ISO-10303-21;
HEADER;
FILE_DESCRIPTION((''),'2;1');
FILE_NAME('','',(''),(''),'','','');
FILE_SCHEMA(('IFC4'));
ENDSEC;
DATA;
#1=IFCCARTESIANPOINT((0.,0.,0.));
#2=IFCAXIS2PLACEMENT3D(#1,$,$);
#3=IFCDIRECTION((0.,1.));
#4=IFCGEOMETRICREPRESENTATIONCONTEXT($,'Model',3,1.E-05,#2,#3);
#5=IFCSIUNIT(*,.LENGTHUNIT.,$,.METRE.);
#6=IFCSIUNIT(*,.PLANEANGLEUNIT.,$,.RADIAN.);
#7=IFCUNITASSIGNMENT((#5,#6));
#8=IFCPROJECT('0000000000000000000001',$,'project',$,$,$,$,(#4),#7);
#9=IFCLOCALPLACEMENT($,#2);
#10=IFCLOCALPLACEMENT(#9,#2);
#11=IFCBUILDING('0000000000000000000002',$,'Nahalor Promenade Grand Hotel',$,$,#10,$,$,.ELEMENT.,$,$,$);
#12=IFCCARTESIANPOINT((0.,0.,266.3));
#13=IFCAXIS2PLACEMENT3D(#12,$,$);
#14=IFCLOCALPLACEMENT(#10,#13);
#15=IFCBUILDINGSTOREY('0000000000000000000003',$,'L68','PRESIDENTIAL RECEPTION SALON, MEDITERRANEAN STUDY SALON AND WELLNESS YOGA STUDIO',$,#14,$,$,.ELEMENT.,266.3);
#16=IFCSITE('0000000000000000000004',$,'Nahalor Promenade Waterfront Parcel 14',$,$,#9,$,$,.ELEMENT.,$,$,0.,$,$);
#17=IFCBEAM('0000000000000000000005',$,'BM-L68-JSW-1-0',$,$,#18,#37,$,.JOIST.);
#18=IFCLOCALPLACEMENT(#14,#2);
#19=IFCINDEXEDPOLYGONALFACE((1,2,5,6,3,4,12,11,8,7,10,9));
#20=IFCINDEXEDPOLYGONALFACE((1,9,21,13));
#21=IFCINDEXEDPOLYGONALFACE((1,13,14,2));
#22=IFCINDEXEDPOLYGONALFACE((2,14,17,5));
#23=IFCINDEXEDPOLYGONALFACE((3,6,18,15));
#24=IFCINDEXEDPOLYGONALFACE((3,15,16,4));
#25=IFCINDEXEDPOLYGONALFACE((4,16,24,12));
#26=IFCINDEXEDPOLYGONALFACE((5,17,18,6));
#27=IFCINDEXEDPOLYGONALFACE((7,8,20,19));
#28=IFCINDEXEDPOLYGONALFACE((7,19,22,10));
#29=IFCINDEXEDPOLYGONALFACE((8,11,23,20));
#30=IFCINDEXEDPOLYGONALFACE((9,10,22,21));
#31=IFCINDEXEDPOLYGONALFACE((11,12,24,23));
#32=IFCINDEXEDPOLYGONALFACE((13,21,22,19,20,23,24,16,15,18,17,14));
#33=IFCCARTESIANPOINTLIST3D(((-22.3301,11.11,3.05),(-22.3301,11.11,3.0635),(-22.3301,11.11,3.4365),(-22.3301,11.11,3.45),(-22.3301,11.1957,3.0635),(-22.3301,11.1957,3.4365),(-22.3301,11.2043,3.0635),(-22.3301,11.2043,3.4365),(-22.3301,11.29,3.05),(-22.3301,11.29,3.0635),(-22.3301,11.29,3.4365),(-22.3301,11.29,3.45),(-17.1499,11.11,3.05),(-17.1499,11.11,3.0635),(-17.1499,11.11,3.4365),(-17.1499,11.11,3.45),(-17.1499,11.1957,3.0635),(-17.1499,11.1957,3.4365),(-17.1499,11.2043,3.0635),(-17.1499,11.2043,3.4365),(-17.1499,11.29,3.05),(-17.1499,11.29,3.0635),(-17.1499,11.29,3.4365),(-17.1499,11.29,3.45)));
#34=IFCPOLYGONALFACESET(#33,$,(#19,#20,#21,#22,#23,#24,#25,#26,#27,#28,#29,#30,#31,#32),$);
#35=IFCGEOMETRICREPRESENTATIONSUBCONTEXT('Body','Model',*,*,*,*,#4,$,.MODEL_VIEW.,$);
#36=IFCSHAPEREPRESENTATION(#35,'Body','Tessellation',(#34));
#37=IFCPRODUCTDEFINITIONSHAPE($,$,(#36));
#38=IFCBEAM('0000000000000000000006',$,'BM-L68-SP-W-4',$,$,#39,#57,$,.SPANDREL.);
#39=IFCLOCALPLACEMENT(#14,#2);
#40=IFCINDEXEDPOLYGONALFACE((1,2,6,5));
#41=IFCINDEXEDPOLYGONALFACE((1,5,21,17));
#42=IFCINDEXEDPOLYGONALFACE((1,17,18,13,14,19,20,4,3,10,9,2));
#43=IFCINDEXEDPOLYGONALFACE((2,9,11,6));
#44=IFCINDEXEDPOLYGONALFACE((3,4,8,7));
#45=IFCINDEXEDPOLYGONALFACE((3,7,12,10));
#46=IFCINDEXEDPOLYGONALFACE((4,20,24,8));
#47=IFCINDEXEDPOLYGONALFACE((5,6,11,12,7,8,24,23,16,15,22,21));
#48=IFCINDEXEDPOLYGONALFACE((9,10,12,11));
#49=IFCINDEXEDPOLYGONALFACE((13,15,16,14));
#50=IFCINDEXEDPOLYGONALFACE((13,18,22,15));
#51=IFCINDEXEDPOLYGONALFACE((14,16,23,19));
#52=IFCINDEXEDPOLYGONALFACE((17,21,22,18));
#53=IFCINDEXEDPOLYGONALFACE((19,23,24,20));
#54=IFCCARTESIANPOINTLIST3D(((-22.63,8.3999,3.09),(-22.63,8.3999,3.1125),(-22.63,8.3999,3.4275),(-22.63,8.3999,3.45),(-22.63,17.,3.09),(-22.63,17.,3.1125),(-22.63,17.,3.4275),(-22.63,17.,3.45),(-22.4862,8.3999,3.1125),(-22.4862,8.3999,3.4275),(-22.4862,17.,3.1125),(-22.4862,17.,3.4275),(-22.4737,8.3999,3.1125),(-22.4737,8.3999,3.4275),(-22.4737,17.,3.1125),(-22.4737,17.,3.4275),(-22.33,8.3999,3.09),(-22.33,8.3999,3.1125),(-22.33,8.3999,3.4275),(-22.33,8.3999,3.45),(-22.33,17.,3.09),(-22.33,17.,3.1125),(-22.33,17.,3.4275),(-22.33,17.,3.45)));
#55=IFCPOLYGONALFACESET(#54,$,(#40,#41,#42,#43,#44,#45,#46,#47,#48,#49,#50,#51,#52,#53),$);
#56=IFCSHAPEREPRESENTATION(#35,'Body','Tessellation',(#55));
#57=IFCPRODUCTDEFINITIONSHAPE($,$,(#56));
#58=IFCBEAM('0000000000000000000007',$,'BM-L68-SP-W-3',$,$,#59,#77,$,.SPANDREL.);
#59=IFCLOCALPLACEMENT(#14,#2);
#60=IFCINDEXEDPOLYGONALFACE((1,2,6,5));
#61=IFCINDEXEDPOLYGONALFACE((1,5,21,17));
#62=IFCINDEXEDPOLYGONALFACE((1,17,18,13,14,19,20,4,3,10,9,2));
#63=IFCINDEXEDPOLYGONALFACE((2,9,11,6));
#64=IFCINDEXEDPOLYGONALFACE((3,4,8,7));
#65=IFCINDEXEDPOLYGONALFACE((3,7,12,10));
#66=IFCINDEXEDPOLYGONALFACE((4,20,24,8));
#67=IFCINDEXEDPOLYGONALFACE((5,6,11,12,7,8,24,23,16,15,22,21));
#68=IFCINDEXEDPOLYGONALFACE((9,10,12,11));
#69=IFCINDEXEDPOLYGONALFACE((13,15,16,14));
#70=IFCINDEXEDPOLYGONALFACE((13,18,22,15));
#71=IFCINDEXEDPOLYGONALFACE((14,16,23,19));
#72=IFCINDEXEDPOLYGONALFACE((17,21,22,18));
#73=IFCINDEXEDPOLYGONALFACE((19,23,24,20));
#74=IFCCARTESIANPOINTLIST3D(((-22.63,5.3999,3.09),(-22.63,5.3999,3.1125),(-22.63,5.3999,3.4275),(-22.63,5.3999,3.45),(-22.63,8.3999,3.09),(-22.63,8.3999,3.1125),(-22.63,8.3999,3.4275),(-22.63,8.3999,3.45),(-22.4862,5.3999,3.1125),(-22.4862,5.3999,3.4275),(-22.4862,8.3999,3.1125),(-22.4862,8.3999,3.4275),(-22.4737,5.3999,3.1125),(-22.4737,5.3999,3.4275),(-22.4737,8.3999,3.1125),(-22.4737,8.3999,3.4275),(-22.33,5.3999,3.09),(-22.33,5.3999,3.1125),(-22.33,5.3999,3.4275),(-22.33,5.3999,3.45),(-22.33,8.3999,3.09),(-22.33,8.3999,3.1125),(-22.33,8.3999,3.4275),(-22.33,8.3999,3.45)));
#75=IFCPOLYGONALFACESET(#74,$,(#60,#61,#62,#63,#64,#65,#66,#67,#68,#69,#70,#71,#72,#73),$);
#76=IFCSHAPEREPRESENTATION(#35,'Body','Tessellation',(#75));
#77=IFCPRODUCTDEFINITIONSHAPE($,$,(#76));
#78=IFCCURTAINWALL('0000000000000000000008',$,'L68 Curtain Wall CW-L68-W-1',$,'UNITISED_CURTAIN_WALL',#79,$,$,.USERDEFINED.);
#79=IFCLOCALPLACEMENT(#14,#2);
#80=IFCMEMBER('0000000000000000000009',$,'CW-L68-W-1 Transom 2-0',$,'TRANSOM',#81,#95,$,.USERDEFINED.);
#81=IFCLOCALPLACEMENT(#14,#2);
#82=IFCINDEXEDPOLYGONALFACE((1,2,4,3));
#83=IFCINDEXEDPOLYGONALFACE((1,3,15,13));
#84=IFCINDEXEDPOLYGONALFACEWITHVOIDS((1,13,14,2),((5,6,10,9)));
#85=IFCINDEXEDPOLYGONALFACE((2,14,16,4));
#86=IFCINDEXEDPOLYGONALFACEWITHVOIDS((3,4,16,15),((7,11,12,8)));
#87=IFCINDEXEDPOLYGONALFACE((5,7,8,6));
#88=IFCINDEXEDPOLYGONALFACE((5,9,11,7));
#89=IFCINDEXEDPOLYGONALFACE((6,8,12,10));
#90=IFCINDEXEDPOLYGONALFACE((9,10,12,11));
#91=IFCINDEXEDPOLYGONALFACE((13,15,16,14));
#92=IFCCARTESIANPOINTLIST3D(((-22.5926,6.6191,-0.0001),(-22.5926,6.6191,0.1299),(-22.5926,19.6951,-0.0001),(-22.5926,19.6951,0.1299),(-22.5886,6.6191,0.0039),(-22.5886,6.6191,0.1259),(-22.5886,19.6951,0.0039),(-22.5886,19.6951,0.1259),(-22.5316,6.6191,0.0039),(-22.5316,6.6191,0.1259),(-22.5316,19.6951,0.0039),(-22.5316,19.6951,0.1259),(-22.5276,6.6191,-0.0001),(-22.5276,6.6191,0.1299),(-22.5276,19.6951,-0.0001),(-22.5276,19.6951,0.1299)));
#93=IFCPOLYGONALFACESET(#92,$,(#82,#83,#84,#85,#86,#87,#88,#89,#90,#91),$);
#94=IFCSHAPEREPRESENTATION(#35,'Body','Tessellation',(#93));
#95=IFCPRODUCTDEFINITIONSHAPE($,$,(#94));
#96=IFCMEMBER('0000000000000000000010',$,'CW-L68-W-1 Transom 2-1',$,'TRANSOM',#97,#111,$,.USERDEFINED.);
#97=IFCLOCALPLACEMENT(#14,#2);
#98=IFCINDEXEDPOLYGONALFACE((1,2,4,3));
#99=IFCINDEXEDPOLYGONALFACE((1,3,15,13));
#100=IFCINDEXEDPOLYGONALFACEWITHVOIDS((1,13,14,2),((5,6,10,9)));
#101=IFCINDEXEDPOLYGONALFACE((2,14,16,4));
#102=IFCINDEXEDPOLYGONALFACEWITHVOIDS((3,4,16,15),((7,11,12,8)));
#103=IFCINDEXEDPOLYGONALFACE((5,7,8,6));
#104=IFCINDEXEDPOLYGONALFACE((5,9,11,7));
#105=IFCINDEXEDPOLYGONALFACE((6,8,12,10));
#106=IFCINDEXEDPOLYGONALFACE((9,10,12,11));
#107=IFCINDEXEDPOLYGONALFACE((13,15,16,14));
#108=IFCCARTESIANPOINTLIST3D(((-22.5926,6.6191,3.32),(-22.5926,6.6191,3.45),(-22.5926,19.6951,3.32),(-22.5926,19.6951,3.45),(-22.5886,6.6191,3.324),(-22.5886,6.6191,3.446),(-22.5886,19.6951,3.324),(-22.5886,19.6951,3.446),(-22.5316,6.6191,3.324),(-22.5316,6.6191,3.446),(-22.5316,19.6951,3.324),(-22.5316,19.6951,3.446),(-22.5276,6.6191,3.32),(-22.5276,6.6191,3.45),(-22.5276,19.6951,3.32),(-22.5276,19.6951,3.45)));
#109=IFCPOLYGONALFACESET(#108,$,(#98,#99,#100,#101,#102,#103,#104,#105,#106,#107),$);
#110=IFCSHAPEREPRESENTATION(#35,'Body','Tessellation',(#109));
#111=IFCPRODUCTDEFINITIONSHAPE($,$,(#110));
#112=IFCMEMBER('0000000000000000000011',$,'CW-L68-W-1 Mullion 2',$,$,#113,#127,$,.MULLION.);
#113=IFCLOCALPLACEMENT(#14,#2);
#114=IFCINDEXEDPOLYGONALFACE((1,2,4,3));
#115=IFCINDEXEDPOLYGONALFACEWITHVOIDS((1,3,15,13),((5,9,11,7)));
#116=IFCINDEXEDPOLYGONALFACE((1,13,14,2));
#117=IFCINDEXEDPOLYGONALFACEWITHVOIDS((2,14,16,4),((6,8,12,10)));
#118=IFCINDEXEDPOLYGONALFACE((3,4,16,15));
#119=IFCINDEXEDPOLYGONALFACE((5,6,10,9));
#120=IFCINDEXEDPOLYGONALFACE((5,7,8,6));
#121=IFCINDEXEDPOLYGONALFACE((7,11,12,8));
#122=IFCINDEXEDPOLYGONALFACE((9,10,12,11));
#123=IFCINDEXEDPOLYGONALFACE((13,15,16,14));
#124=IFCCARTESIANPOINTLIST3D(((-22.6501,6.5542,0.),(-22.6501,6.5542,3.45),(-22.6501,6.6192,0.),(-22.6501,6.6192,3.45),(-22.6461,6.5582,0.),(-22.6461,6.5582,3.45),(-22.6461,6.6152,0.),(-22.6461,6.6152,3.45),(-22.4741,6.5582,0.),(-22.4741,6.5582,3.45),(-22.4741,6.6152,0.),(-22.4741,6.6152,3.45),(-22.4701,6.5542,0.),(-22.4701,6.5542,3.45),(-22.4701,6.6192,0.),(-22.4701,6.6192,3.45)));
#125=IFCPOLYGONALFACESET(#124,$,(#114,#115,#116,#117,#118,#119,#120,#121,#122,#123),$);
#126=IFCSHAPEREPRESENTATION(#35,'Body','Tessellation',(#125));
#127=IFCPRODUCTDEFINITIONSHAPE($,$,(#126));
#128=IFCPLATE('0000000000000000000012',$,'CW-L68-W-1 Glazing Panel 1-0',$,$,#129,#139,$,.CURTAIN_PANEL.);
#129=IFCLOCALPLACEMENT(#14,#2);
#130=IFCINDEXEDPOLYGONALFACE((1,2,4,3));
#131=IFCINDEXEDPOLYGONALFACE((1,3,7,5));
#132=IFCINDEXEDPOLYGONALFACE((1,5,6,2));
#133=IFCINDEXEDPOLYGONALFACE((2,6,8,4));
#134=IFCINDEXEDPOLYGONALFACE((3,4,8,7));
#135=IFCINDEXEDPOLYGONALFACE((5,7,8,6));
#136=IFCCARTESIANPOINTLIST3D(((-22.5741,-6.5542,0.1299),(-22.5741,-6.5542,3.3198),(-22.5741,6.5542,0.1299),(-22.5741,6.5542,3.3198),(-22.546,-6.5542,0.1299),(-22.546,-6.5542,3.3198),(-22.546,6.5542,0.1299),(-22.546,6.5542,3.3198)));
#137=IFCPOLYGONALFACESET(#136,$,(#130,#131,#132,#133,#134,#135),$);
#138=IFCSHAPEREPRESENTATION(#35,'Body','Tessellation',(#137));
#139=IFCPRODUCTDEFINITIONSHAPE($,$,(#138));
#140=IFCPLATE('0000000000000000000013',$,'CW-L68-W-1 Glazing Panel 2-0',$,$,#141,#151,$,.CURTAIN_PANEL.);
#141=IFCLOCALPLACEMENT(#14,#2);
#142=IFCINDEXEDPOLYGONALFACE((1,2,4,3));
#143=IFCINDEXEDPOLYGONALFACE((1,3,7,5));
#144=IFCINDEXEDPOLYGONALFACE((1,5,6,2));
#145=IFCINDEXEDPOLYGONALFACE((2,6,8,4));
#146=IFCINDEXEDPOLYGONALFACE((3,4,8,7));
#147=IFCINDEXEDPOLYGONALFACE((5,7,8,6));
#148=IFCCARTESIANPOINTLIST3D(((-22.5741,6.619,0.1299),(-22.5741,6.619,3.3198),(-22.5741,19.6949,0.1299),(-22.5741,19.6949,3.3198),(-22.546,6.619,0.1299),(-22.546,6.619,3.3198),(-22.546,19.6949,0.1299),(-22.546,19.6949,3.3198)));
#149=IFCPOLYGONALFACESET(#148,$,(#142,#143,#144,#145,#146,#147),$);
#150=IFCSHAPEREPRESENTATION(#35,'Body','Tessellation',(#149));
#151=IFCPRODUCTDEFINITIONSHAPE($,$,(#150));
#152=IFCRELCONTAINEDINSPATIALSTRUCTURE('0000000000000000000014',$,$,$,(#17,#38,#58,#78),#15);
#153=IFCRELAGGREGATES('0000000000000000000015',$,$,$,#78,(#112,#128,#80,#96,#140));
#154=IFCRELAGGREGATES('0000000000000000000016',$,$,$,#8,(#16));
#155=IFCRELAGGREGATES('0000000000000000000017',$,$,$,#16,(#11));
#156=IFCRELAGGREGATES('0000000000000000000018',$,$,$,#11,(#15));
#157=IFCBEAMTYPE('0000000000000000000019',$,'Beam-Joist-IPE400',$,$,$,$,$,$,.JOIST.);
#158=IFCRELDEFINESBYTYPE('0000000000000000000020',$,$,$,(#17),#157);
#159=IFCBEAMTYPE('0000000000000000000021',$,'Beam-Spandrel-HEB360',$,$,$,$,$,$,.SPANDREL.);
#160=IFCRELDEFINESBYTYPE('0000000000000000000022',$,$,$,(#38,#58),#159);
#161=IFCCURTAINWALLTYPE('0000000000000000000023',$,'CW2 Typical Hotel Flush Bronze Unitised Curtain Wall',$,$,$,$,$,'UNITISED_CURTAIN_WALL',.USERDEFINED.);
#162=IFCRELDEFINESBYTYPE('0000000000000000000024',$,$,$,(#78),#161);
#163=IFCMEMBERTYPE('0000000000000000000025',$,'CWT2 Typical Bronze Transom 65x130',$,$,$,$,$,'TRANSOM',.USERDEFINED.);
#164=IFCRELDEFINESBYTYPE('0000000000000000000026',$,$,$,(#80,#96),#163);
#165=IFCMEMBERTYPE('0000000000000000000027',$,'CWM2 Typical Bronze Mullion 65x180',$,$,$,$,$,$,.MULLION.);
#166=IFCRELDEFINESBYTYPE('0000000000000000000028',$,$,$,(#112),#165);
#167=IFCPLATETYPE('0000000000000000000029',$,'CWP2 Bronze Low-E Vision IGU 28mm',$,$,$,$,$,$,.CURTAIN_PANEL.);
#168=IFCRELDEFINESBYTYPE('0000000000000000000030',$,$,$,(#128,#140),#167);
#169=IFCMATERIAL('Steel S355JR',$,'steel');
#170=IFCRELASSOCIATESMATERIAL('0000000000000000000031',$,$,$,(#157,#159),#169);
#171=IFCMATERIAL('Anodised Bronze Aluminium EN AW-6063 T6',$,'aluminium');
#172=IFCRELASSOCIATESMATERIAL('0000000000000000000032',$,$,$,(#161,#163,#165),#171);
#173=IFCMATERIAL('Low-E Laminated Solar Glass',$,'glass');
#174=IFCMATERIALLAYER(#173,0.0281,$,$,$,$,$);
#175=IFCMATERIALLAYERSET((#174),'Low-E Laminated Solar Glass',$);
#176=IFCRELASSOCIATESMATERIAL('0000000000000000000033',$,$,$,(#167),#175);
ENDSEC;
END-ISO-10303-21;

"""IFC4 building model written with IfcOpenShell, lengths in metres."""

from ifc_helpers import new_model, si_unit, direction, frame, origin, origin_2d, place, context, subcontext, project, spatial, rectangle, hollow_rectangle, i_section, extrude, source, transform, mapped, material, layer, layer_set, material_profile, profile_set, type_object, element, aggregate, save


model = new_model("IFC4")

# Units and contexts
model_context = context("Model", 3, precision=1e-05, world=origin(), true_north=direction((0.0, 1.0)))
body_context = subcontext(model_context, "Body", "Model", "MODEL_VIEW")
ifc_project = project(units=[si_unit("LENGTHUNIT", "METRE"), si_unit("PLANEANGLEUNIT", "RADIAN")], contexts=[model_context])

# Site, building, storey
site_placement = place(None, origin())
site = spatial("IfcSite", under=ifc_project, at=site_placement, Name="Nahalor Promenade Waterfront Parcel 14", CompositionType="ELEMENT", RefElevation=0.0)
building_placement = place(site_placement, origin())
building = spatial("IfcBuilding", under=site, at=building_placement, Name="Nahalor Promenade Grand Hotel", CompositionType="ELEMENT")
storey_placement = place(building_placement, frame((0.0, 0.0, 266.3)))
storey = spatial("IfcBuildingStorey", under=building, at=storey_placement, Name="L68", Description="PRESIDENTIAL RECEPTION SALON, MEDITERRANEAN STUDY SALON AND WELLNESS YOGA STUDIO", CompositionType="ELEMENT", Elevation=266.3)

# Shared definitions
ifc_material_1 = material(Name="Steel S355JR", Category="steel")

# Beams
ifc_material_profile_1 = material_profile(ifc_material_1, i_section(OverallWidth=0.18, OverallDepth=0.4, WebThickness=0.0086, FlangeThickness=0.0135, at=origin_2d()), Name="IPE 400")
ifc_profile_set_1 = profile_set([ifc_material_profile_1], Name="Steel S355JR")
beam_type_1 = type_object("IfcBeamType", Name="Beam-Joist-IPE400", PredefinedType="JOIST", material=ifc_profile_set_1)
shared_shape_1 = source(origin(), body_context, "Body", "SweptSolid", [
    extrude(i_section(OverallWidth=0.18, OverallDepth=0.4, WebThickness=0.0086, FlangeThickness=0.0135, at=origin_2d()), origin(), (0.0, 0.0, 1.0), 5.1802),
])
beam_1_placement = place(storey_placement, frame((-22.3301, 11.2, 3.25), z_axis=(1.0, 0.0, 0.0), x_axis=(0.0, 1.0, 0.0)))
element("IfcBeam", 1, at=beam_1_placement, inside=storey, type_object=beam_type_1, Name="BM-L68-JSW-1-0", PredefinedType="JOIST", context=body_context, shape_type="MappedRepresentation", body=[
    mapped(shared_shape_1, transform((0.0, 0.0, 0.0), scale=1.0)),
])
ifc_material_profile_2 = material_profile(ifc_material_1, i_section(OverallWidth=0.3, OverallDepth=0.36, WebThickness=0.0125, FlangeThickness=0.0225, at=origin_2d()), Name="HEB 360")
ifc_profile_set_2 = profile_set([ifc_material_profile_2], Name="Steel S355JR")
beam_type_2 = type_object("IfcBeamType", Name="Beam-Spandrel-HEB360", PredefinedType="SPANDREL", material=ifc_profile_set_2)
shared_shape_2 = source(origin(), body_context, "Body", "SweptSolid", [
    extrude(i_section(OverallWidth=0.3, OverallDepth=0.36, WebThickness=0.0125, FlangeThickness=0.0225, at=origin_2d()), origin(), (0.0, 0.0, 1.0), 8.6001),
])
beam_2_placement = place(storey_placement, frame((-22.48, 8.3999, 3.27), z_axis=(0.0, 1.0, 0.0), x_axis=(-1.0, 0.0, 0.0)))
element("IfcBeam", 2, at=beam_2_placement, inside=storey, type_object=beam_type_2, Name="BM-L68-SP-W-4", PredefinedType="SPANDREL", context=body_context, shape_type="MappedRepresentation", body=[
    mapped(shared_shape_2, transform((0.0, 0.0, 0.0), scale=1.0)),
])
shared_shape_3 = source(origin(), body_context, "Body", "SweptSolid", [
    extrude(i_section(OverallWidth=0.3, OverallDepth=0.36, WebThickness=0.0125, FlangeThickness=0.0225, at=origin_2d()), origin(), (0.0, 0.0, 1.0), 3.0),
])
beam_3_placement = place(storey_placement, frame((-22.48, 5.3999, 3.27), z_axis=(0.0, 1.0, 0.0), x_axis=(-1.0, 0.0, 0.0)))
element("IfcBeam", 3, at=beam_3_placement, inside=storey, type_object=beam_type_2, Name="BM-L68-SP-W-3", PredefinedType="SPANDREL", context=body_context, shape_type="MappedRepresentation", body=[
    mapped(shared_shape_3, transform((0.0, 0.0, 0.0), scale=1.0)),
])

# Curtain wall, members, plates
ifc_material_2 = material(Name="Anodised Bronze Aluminium EN AW-6063 T6", Category="aluminium")
curtain_wall_type = type_object("IfcCurtainWallType", Name="CW2 Typical Hotel Flush Bronze Unitised Curtain Wall", ElementType="UNITISED_CURTAIN_WALL", PredefinedType="USERDEFINED", material=ifc_material_2)
curtain_wall_placement = place(storey_placement, origin())
curtain_wall = element("IfcCurtainWall", 4, at=curtain_wall_placement, inside=storey, type_object=curtain_wall_type, Name="L68 Curtain Wall CW-L68-W-1", ObjectType="UNITISED_CURTAIN_WALL", PredefinedType="USERDEFINED")
ifc_material_profile_3 = material_profile(ifc_material_2, hollow_rectangle(XDim=0.065, YDim=0.13, WallThickness=0.004, at=origin_2d()), Name="CWT 65x130x4")
ifc_profile_set_3 = profile_set([ifc_material_profile_3], Name="Anodised Bronze Aluminium EN AW-6063 T6")
member_type_1 = type_object("IfcMemberType", Name="CWT2 Typical Bronze Transom 65x130", ElementType="TRANSOM", PredefinedType="USERDEFINED", material=ifc_profile_set_3)
shared_shape_4 = source(origin(), body_context, "Body", "SweptSolid", [
    extrude(hollow_rectangle(XDim=0.065, YDim=0.13, WallThickness=0.004, at=origin_2d()), origin(), (0.0, 0.0, 1.0), 13.0759),
])
member_1_placement = place(storey_placement, frame((-22.5601, 6.6191, 0.0649), z_axis=(0.0, 1.0, 0.0), x_axis=(-1.0, 0.0, 0.0)))
member_1 = element("IfcMember", 5, at=member_1_placement, type_object=member_type_1, Name="CW-L68-W-1 Transom 2-0", ObjectType="TRANSOM", PredefinedType="USERDEFINED", context=body_context, shape_type="MappedRepresentation", body=[
    mapped(shared_shape_4, transform((0.0, 0.0, 0.0), scale=1.0)),
])
member_2_placement = place(storey_placement, frame((-22.5601, 6.6191, 3.385), z_axis=(0.0, 1.0, 0.0), x_axis=(-1.0, 0.0, 0.0)))
member_2 = element("IfcMember", 6, at=member_2_placement, type_object=member_type_1, Name="CW-L68-W-1 Transom 2-1", ObjectType="TRANSOM", PredefinedType="USERDEFINED", context=body_context, shape_type="MappedRepresentation", body=[
    mapped(shared_shape_4, transform((0.0, 0.0, 0.0), scale=1.0)),
])
ifc_material_profile_4 = material_profile(ifc_material_2, hollow_rectangle(XDim=0.065, YDim=0.18, WallThickness=0.004, at=origin_2d()), Name="CWM 65x180x4")
ifc_profile_set_4 = profile_set([ifc_material_profile_4], Name="Anodised Bronze Aluminium EN AW-6063 T6")
member_type_2 = type_object("IfcMemberType", Name="CWM2 Typical Bronze Mullion 65x180", PredefinedType="MULLION", material=ifc_profile_set_4)
shared_shape_5 = source(origin(), body_context, "Body", "SweptSolid", [
    extrude(hollow_rectangle(XDim=0.065, YDim=0.18, WallThickness=0.004, at=origin_2d()), origin(), (0.0, 0.0, 1.0), 3.45),
])
member_3_placement = place(storey_placement, frame((-22.5601, 6.5867, 0.0), z_axis=(0.0, 0.0, 1.0), x_axis=(0.0, 1.0, 0.0)))
member_3 = element("IfcMember", 7, at=member_3_placement, type_object=member_type_2, Name="CW-L68-W-1 Mullion 2", PredefinedType="MULLION", context=body_context, shape_type="MappedRepresentation", body=[
    mapped(shared_shape_5, transform((0.0, 0.0, 0.0), scale=1.0)),
])
ifc_material_3 = material(Name="Low-E Laminated Solar Glass", Category="glass")
ifc_layer_1 = layer(ifc_material_3, 0.0281)
ifc_layer_set_1 = layer_set([ifc_layer_1], Name="Low-E Laminated Solar Glass")
plate_type = type_object("IfcPlateType", Name="CWP2 Bronze Low-E Vision IGU 28mm", PredefinedType="CURTAIN_PANEL", material=ifc_layer_set_1)
shared_shape_6 = source(origin(), body_context, "Body", "SweptSolid", [
    extrude(rectangle(XDim=13.1084, YDim=0.0281, at=origin_2d()), origin(), (0.0, 0.0, 1.0), 3.1899),
])
plate_1_placement = place(storey_placement, frame((-22.5601, 0.0, 0.1299), z_axis=(0.0, 0.0, 1.0), x_axis=(0.0, 1.0, 0.0)))
plate_1 = element("IfcPlate", 8, at=plate_1_placement, type_object=plate_type, Name="CW-L68-W-1 Glazing Panel 1-0", PredefinedType="CURTAIN_PANEL", context=body_context, shape_type="MappedRepresentation", body=[
    mapped(shared_shape_6, transform((0.0, 0.0, 0.0), scale=1.0)),
])
shared_shape_7 = source(origin(), body_context, "Body", "SweptSolid", [
    extrude(rectangle(XDim=13.0759, YDim=0.0281, at=origin_2d()), origin(), (0.0, 0.0, 1.0), 3.1899),
])
plate_2_placement = place(storey_placement, frame((-22.5601, 13.157, 0.1299), z_axis=(0.0, 0.0, 1.0), x_axis=(0.0, 1.0, 0.0)))
plate_2 = element("IfcPlate", 9, at=plate_2_placement, type_object=plate_type, Name="CW-L68-W-1 Glazing Panel 2-0", PredefinedType="CURTAIN_PANEL", context=body_context, shape_type="MappedRepresentation", body=[
    mapped(shared_shape_7, transform((0.0, 0.0, 0.0), scale=1.0)),
])
aggregate(curtain_wall, [member_3, plate_1, member_1, member_2, plate_2])

save(model, "model.ifc")
